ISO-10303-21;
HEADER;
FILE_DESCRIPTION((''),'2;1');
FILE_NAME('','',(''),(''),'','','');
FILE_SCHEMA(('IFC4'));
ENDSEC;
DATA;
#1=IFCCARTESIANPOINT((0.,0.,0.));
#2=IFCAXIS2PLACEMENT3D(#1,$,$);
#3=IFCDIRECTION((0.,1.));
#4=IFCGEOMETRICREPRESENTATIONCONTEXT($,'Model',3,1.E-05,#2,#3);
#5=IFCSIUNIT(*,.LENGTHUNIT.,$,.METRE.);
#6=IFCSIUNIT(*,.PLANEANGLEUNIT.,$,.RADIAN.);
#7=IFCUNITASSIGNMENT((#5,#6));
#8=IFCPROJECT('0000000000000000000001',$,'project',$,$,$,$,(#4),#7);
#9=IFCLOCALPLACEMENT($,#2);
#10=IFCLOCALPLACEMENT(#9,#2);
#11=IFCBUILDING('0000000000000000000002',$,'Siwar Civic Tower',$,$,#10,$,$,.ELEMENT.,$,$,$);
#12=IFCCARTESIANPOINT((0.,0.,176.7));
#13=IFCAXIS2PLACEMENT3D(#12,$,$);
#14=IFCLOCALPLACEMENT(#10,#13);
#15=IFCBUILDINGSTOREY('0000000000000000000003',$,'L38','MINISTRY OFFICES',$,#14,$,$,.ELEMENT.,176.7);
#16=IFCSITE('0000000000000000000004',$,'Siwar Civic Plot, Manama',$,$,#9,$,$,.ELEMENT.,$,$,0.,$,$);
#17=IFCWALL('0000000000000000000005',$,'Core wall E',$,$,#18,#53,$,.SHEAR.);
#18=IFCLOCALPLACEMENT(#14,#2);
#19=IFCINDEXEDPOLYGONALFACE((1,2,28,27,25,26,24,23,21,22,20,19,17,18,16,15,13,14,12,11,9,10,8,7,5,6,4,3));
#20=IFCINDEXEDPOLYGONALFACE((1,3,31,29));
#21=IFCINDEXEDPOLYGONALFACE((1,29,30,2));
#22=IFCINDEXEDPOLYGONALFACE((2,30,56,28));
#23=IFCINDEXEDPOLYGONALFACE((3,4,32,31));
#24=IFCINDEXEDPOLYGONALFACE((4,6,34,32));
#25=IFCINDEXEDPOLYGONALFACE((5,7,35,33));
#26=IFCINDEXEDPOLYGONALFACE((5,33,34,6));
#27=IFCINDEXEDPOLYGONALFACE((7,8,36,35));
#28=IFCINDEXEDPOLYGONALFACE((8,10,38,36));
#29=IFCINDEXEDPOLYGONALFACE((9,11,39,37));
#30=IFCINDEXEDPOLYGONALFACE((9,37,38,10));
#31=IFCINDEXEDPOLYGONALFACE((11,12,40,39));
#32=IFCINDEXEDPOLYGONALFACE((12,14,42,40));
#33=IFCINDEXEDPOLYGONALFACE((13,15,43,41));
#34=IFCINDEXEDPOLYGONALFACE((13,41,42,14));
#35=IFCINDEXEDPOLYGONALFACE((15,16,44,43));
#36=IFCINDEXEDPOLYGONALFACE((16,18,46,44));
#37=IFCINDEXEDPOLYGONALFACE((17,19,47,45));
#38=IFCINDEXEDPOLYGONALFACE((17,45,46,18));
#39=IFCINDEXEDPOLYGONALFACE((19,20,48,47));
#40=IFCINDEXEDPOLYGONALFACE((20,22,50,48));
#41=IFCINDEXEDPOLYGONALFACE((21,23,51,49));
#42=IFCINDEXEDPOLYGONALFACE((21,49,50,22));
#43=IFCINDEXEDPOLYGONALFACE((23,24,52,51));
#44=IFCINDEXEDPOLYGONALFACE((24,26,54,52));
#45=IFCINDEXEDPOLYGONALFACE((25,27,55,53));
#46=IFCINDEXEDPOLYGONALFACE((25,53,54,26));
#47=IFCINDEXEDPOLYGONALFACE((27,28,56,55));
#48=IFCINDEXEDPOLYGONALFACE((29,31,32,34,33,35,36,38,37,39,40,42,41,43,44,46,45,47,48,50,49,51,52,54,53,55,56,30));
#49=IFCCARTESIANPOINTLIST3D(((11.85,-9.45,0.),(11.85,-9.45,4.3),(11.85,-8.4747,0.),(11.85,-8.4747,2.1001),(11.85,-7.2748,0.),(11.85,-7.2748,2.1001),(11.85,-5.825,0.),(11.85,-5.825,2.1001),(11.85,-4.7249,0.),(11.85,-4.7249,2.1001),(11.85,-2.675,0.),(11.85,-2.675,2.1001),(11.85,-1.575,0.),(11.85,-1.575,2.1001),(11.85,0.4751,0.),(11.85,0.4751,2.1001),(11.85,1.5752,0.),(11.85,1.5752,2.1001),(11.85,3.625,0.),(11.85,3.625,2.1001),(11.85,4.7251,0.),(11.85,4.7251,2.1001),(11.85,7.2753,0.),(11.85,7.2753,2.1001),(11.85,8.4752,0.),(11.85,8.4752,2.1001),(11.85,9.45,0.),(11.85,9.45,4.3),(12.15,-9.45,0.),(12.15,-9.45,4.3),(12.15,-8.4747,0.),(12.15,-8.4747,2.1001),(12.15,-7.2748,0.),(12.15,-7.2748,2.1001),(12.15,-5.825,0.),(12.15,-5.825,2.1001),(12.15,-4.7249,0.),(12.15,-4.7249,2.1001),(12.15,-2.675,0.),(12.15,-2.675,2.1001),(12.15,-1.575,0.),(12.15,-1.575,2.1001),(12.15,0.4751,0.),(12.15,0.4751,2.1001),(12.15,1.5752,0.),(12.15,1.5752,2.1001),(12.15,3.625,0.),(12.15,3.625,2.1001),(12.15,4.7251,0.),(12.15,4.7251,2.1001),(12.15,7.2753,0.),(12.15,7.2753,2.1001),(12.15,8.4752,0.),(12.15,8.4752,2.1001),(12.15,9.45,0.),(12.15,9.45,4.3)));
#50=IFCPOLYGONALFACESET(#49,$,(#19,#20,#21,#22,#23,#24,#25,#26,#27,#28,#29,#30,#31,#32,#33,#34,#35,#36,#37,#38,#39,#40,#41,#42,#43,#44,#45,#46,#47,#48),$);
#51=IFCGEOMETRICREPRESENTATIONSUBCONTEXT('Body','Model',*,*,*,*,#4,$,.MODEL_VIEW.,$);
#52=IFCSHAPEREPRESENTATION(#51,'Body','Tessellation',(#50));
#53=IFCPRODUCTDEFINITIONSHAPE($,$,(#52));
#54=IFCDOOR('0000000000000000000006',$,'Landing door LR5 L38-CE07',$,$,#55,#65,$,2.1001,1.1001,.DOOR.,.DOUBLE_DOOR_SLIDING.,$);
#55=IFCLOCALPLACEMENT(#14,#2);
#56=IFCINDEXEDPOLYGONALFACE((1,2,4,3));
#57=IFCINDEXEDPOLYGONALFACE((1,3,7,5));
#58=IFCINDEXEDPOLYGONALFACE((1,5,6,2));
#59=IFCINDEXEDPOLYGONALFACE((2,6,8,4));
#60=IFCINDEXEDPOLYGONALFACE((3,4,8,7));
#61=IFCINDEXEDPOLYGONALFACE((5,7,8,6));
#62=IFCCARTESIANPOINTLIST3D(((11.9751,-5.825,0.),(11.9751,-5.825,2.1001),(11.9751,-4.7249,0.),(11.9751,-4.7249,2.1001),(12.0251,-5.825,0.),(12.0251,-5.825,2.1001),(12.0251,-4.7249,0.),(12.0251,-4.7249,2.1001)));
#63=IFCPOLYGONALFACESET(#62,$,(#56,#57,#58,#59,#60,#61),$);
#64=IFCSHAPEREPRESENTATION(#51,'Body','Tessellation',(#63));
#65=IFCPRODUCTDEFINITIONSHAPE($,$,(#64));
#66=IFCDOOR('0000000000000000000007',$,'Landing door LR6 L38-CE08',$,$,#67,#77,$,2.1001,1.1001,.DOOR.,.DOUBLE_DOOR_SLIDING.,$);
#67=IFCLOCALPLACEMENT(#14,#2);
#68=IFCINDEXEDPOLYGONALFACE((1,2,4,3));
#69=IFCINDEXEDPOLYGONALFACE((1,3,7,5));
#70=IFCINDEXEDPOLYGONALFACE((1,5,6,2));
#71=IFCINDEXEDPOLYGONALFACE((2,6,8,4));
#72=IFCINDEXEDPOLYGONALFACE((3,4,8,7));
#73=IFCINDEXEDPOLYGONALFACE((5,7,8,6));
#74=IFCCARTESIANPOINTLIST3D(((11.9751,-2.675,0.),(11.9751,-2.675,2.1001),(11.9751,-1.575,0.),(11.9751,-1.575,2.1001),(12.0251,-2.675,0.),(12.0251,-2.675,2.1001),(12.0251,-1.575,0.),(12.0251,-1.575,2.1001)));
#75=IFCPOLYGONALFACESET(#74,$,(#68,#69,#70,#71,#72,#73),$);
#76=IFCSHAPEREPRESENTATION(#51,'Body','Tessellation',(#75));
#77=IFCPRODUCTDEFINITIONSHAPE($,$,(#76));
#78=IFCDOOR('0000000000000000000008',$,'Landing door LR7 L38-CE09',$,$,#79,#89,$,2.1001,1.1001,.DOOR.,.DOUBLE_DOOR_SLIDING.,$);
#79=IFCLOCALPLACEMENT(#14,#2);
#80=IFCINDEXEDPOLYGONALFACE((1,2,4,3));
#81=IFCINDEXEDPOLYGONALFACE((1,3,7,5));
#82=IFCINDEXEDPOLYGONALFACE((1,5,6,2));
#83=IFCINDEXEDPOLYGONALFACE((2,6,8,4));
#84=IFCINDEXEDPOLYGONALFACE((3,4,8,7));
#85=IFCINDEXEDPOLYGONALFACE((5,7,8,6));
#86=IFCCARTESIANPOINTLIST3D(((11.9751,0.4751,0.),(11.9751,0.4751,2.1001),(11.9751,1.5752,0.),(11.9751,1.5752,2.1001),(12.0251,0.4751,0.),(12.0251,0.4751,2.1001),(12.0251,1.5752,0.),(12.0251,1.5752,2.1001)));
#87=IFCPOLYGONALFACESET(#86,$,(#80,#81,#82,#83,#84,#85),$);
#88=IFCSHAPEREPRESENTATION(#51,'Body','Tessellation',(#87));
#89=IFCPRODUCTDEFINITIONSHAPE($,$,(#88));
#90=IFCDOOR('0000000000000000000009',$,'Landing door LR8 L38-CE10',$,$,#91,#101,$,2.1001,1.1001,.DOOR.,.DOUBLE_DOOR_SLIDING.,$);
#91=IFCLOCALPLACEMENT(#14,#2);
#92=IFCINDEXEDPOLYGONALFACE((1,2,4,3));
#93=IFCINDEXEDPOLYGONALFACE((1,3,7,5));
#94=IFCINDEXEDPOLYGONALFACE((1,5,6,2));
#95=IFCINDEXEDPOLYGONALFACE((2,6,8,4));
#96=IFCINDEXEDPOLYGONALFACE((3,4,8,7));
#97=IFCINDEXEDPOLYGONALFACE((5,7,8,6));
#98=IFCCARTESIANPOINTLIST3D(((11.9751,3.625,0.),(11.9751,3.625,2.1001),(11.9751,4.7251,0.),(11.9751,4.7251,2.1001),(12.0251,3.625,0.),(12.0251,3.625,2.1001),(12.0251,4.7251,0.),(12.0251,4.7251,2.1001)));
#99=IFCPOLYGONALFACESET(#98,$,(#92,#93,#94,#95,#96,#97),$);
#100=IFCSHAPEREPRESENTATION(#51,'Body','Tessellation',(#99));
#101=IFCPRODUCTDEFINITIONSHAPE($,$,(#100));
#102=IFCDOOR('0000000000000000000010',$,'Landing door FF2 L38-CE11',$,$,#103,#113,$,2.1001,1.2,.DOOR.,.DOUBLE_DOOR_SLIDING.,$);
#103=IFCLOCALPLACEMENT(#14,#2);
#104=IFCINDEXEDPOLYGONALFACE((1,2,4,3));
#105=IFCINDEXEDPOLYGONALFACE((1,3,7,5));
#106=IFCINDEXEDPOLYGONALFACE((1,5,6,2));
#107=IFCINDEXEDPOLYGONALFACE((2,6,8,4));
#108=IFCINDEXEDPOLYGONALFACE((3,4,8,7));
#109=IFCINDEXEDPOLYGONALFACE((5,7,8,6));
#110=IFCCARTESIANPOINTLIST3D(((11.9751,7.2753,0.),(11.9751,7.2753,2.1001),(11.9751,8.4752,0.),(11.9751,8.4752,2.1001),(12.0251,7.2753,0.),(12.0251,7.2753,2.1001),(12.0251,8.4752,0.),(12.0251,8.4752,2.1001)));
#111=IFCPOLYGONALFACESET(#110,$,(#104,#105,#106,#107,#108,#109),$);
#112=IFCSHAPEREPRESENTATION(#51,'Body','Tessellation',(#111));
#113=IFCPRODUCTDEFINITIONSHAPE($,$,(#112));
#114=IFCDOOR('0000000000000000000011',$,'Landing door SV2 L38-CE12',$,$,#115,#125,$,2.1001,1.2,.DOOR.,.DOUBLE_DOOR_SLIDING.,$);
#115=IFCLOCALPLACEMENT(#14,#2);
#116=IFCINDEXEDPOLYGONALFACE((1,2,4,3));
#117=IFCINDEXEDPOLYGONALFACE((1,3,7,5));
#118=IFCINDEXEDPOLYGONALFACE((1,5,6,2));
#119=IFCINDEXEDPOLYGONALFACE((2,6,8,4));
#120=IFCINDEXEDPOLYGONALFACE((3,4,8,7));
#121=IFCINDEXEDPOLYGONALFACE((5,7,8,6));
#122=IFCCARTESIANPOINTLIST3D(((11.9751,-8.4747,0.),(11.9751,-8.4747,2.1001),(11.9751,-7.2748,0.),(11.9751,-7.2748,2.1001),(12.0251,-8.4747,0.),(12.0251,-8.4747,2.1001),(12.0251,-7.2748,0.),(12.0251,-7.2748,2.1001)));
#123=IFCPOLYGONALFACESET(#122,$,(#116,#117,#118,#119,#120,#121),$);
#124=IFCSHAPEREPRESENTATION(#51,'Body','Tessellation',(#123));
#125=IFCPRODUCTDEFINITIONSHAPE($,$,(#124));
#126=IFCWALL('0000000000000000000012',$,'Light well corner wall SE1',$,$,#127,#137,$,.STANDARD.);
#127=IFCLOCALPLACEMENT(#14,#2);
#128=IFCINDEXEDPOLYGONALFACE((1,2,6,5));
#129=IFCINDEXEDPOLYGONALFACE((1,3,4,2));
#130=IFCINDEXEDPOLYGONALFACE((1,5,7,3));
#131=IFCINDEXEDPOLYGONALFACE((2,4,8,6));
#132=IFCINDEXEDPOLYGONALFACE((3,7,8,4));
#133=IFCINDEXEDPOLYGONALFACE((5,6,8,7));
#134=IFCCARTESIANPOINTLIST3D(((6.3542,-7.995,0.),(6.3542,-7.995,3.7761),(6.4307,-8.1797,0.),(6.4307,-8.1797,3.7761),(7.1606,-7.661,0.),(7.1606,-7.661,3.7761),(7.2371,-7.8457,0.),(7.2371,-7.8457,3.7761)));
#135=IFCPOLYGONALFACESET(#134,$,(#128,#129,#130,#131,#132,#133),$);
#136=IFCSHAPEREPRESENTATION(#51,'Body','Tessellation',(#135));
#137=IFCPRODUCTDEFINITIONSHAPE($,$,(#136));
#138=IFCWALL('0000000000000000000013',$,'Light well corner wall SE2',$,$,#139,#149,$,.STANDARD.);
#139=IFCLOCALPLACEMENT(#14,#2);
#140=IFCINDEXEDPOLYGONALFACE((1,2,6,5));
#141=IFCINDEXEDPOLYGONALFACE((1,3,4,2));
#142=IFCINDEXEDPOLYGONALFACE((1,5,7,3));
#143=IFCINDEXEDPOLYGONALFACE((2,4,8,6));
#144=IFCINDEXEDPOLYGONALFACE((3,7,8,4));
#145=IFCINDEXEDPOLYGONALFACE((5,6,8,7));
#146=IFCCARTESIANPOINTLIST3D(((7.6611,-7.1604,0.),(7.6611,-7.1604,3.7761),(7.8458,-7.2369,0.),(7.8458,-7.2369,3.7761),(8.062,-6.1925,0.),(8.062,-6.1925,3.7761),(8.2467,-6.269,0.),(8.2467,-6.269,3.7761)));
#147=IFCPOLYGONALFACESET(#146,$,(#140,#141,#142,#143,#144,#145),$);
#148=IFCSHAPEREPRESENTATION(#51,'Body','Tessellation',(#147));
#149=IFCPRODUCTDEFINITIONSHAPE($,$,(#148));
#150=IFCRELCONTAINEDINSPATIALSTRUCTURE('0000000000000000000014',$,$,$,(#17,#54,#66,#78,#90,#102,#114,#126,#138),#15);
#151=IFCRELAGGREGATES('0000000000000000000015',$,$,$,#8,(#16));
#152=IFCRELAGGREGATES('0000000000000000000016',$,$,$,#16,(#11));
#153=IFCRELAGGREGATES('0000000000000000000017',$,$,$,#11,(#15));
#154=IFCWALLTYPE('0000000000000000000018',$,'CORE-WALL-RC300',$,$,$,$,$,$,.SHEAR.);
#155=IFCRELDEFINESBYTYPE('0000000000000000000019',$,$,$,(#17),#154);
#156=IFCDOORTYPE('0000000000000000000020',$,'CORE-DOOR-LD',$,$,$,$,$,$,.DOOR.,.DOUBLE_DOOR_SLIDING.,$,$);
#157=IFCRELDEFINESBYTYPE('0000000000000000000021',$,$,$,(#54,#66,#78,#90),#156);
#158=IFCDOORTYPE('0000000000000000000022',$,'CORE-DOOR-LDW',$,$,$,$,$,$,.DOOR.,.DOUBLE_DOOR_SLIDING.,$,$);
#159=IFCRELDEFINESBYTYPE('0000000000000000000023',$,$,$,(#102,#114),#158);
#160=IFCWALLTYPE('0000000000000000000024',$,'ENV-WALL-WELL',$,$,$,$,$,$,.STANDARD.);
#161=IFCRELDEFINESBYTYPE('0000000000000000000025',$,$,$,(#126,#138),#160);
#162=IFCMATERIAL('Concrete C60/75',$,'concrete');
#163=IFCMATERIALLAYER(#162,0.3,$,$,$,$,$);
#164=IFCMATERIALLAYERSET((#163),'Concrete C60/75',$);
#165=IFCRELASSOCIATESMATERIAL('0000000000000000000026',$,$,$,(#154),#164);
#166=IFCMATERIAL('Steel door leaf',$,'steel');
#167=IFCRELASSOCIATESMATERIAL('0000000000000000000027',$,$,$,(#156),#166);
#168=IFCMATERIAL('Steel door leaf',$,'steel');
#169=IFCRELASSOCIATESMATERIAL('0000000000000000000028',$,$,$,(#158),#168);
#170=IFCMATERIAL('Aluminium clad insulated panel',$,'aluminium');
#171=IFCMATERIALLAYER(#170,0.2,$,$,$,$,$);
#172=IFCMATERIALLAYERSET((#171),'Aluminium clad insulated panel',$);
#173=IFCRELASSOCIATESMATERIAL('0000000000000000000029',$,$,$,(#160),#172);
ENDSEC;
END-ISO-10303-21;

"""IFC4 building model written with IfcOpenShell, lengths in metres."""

from ifc_helpers import new_model, si_unit, direction, frame, frame_2d, origin, place, context, subcontext, project, spatial, rectangle, extrude, material, layer, layer_set, type_object, element, fill, save


model = new_model("IFC4")

# Units and contexts
model_context = context("Model", 3, precision=1e-05, world=origin(), true_north=direction((0.0, 1.0)))
body_context = subcontext(model_context, "Body", "Model", "MODEL_VIEW")
ifc_project = project(units=[si_unit("LENGTHUNIT", "METRE"), si_unit("PLANEANGLEUNIT", "RADIAN")], contexts=[model_context])

# Site, building, storey
site_placement = place(None, origin())
site = spatial("IfcSite", under=ifc_project, at=site_placement, Name="Siwar Civic Plot, Manama", CompositionType="ELEMENT", RefElevation=0.0)
building_placement = place(site_placement, origin())
building = spatial("IfcBuilding", under=site, at=building_placement, Name="Siwar Civic Tower", CompositionType="ELEMENT")
storey_placement = place(building_placement, frame((0.0, 0.0, 176.7)))
storey = spatial("IfcBuildingStorey", under=building, at=storey_placement, Name="L38", Description="MINISTRY OFFICES", CompositionType="ELEMENT", Elevation=176.7)

# Wall, openings, doors
ifc_material_1 = material(Name="Concrete C60/75", Category="concrete")
ifc_layer_1 = layer(ifc_material_1, 0.3)
ifc_layer_set_1 = layer_set([ifc_layer_1], Name="Concrete C60/75")
wall_type_1 = type_object("IfcWallType", Name="CORE-WALL-RC300", PredefinedType="SHEAR", material=ifc_layer_set_1)
wall_1_placement = place(storey_placement, frame((12.0, -9.45, 0.0), z_axis=(0.0, 0.0, 1.0), x_axis=(0.0, 1.0, 0.0)))
wall_1 = element("IfcWall", 1, at=wall_1_placement, inside=storey, type_object=wall_type_1, Name="Core wall E", PredefinedType="SHEAR", context=body_context, shape_type="SweptSolid", body=[
    extrude(rectangle(XDim=18.8999, YDim=0.3, at=frame_2d((9.45, 0.0))), origin(), (0.0, 0.0, 1.0), 4.3),
])
opening_1_placement = place(wall_1_placement, frame((3.625, 0.0, 0.0)))
opening_1 = element("IfcOpeningElement", 2, at=opening_1_placement, cuts=wall_1, PredefinedType="OPENING", context=body_context, shape_type="SweptSolid", body=[
    extrude(rectangle(XDim=1.1001, YDim=2.1001, at=frame_2d((0.55, 1.05))), frame((0.0, 0.1602, 0.0), z_axis=(0.0, -1.0, 0.0), x_axis=(1.0, 0.0, 0.0)), (0.0, 0.0, 1.0), 0.3201),
])
opening_2_placement = place(wall_1_placement, frame((6.7749, 0.0, 0.0)))
opening_2 = element("IfcOpeningElement", 3, at=opening_2_placement, cuts=wall_1, PredefinedType="OPENING", context=body_context, shape_type="SweptSolid", body=[
    extrude(rectangle(XDim=1.1001, YDim=2.1001, at=frame_2d((0.55, 1.05))), frame((0.0, 0.1602, 0.0), z_axis=(0.0, -1.0, 0.0), x_axis=(1.0, 0.0, 0.0)), (0.0, 0.0, 1.0), 0.3201),
])
opening_3_placement = place(wall_1_placement, frame((9.925, 0.0, 0.0)))
opening_3 = element("IfcOpeningElement", 4, at=opening_3_placement, cuts=wall_1, PredefinedType="OPENING", context=body_context, shape_type="SweptSolid", body=[
    extrude(rectangle(XDim=1.1001, YDim=2.1001, at=frame_2d((0.55, 1.05))), frame((0.0, 0.1602, 0.0), z_axis=(0.0, -1.0, 0.0), x_axis=(1.0, 0.0, 0.0)), (0.0, 0.0, 1.0), 0.3201),
])
opening_4_placement = place(wall_1_placement, frame((13.075, 0.0, 0.0)))
opening_4 = element("IfcOpeningElement", 5, at=opening_4_placement, cuts=wall_1, PredefinedType="OPENING", context=body_context, shape_type="SweptSolid", body=[
    extrude(rectangle(XDim=1.1001, YDim=2.1001, at=frame_2d((0.55, 1.05))), frame((0.0, 0.1602, 0.0), z_axis=(0.0, -1.0, 0.0), x_axis=(1.0, 0.0, 0.0)), (0.0, 0.0, 1.0), 0.3201),
])
opening_5_placement = place(wall_1_placement, frame((16.7251, 0.0, 0.0)))
opening_5 = element("IfcOpeningElement", 6, at=opening_5_placement, cuts=wall_1, PredefinedType="OPENING", context=body_context, shape_type="SweptSolid", body=[
    extrude(rectangle(XDim=1.2, YDim=2.1001, at=frame_2d((0.6001, 1.05))), frame((0.0, 0.1602, 0.0), z_axis=(0.0, -1.0, 0.0), x_axis=(1.0, 0.0, 0.0)), (0.0, 0.0, 1.0), 0.3201),
])
opening_6_placement = place(wall_1_placement, frame((0.9751, 0.0, 0.0)))
opening_6 = element("IfcOpeningElement", 7, at=opening_6_placement, cuts=wall_1, PredefinedType="OPENING", context=body_context, shape_type="SweptSolid", body=[
    extrude(rectangle(XDim=1.2, YDim=2.1001, at=frame_2d((0.6001, 1.05))), frame((0.0, 0.1602, 0.0), z_axis=(0.0, -1.0, 0.0), x_axis=(1.0, 0.0, 0.0)), (0.0, 0.0, 1.0), 0.3201),
])
ifc_material_2 = material(Name="Steel door leaf", Category="steel")
door_type_1 = type_object("IfcDoorType", Name="CORE-DOOR-LD", OperationType="DOUBLE_DOOR_SLIDING", PredefinedType="DOOR", material=ifc_material_2)
door_1_placement = place(opening_1_placement, origin())
door_1 = element("IfcDoor", 8, at=door_1_placement, inside=storey, type_object=door_type_1, Name="Landing door LR5 L38-CE07", OperationType="DOUBLE_DOOR_SLIDING", OverallHeight=2.1001, OverallWidth=1.1001, PredefinedType="DOOR", context=body_context, shape_type="SweptSolid", body=[
    extrude(rectangle(XDim=1.1001, YDim=2.1001, at=frame_2d((0.55, 1.05))), frame((0.0, 0.0249, 0.0), z_axis=(0.0, -1.0, 0.0), x_axis=(1.0, 0.0, 0.0)), (0.0, 0.0, 1.0), 0.05),
])
fill(opening_1, door_1)
door_2_placement = place(opening_2_placement, origin())
door_2 = element("IfcDoor", 9, at=door_2_placement, inside=storey, type_object=door_type_1, Name="Landing door LR6 L38-CE08", OperationType="DOUBLE_DOOR_SLIDING", OverallHeight=2.1001, OverallWidth=1.1001, PredefinedType="DOOR", context=body_context, shape_type="SweptSolid", body=[
    extrude(rectangle(XDim=1.1001, YDim=2.1001, at=frame_2d((0.55, 1.05))), frame((0.0, 0.0249, 0.0), z_axis=(0.0, -1.0, 0.0), x_axis=(1.0, 0.0, 0.0)), (0.0, 0.0, 1.0), 0.05),
])
fill(opening_2, door_2)
door_3_placement = place(opening_3_placement, origin())
door_3 = element("IfcDoor", 10, at=door_3_placement, inside=storey, type_object=door_type_1, Name="Landing door LR7 L38-CE09", OperationType="DOUBLE_DOOR_SLIDING", OverallHeight=2.1001, OverallWidth=1.1001, PredefinedType="DOOR", context=body_context, shape_type="SweptSolid", body=[
    extrude(rectangle(XDim=1.1001, YDim=2.1001, at=frame_2d((0.55, 1.05))), frame((0.0, 0.0249, 0.0), z_axis=(0.0, -1.0, 0.0), x_axis=(1.0, 0.0, 0.0)), (0.0, 0.0, 1.0), 0.05),
])
fill(opening_3, door_3)
door_4_placement = place(opening_4_placement, origin())
door_4 = element("IfcDoor", 11, at=door_4_placement, inside=storey, type_object=door_type_1, Name="Landing door LR8 L38-CE10", OperationType="DOUBLE_DOOR_SLIDING", OverallHeight=2.1001, OverallWidth=1.1001, PredefinedType="DOOR", context=body_context, shape_type="SweptSolid", body=[
    extrude(rectangle(XDim=1.1001, YDim=2.1001, at=frame_2d((0.55, 1.05))), frame((0.0, 0.0249, 0.0), z_axis=(0.0, -1.0, 0.0), x_axis=(1.0, 0.0, 0.0)), (0.0, 0.0, 1.0), 0.05),
])
fill(opening_4, door_4)
ifc_material_3 = material(Name="Steel door leaf", Category="steel")
door_type_2 = type_object("IfcDoorType", Name="CORE-DOOR-LDW", OperationType="DOUBLE_DOOR_SLIDING", PredefinedType="DOOR", material=ifc_material_3)
door_5_placement = place(opening_5_placement, origin())
door_5 = element("IfcDoor", 12, at=door_5_placement, inside=storey, type_object=door_type_2, Name="Landing door FF2 L38-CE11", OperationType="DOUBLE_DOOR_SLIDING", OverallHeight=2.1001, OverallWidth=1.2, PredefinedType="DOOR", context=body_context, shape_type="SweptSolid", body=[
    extrude(rectangle(XDim=1.2, YDim=2.1001, at=frame_2d((0.6001, 1.05))), frame((0.0, 0.0249, 0.0), z_axis=(0.0, -1.0, 0.0), x_axis=(1.0, 0.0, 0.0)), (0.0, 0.0, 1.0), 0.05),
])
fill(opening_5, door_5)
door_6_placement = place(opening_6_placement, origin())
door_6 = element("IfcDoor", 13, at=door_6_placement, inside=storey, type_object=door_type_2, Name="Landing door SV2 L38-CE12", OperationType="DOUBLE_DOOR_SLIDING", OverallHeight=2.1001, OverallWidth=1.2, PredefinedType="DOOR", context=body_context, shape_type="SweptSolid", body=[
    extrude(rectangle(XDim=1.2, YDim=2.1001, at=frame_2d((0.6001, 1.05))), frame((0.0, 0.0249, 0.0), z_axis=(0.0, -1.0, 0.0), x_axis=(1.0, 0.0, 0.0)), (0.0, 0.0, 1.0), 0.05),
])
fill(opening_6, door_6)

# Walls
ifc_material_4 = material(Name="Aluminium clad insulated panel", Category="aluminium")
ifc_layer_2 = layer(ifc_material_4, 0.2)
ifc_layer_set_2 = layer_set([ifc_layer_2], Name="Aluminium clad insulated panel")
wall_type_2 = type_object("IfcWallType", Name="ENV-WALL-WELL", PredefinedType="STANDARD", material=ifc_layer_set_2)
wall_2_placement = place(storey_placement, frame((6.3923, -8.0874, 0.0), z_axis=(0.0, 0.0, 1.0), x_axis=(0.923894, 0.382648, 0.0)))
element("IfcWall", 14, at=wall_2_placement, inside=storey, type_object=wall_type_2, Name="Light well corner wall SE1", PredefinedType="STANDARD", context=body_context, shape_type="SweptSolid", body=[
    extrude(rectangle(XDim=0.8728, YDim=0.2, at=frame_2d((0.4365, 0.0))), origin(), (0.0, 0.0, 1.0), 3.7761),
])
wall_3_placement = place(storey_placement, frame((7.7534, -7.1987, 0.0), z_axis=(0.0, 0.0, 1.0), x_axis=(0.382695, 0.923875, 0.0)))
element("IfcWall", 15, at=wall_3_placement, inside=storey, type_object=wall_type_2, Name="Light well corner wall SE2", PredefinedType="STANDARD", context=body_context, shape_type="SweptSolid", body=[
    extrude(rectangle(XDim=1.0476, YDim=0.2, at=frame_2d((0.5239, 0.0))), origin(), (0.0, 0.0, 1.0), 3.7761),
])

save(model, "model.ifc")
